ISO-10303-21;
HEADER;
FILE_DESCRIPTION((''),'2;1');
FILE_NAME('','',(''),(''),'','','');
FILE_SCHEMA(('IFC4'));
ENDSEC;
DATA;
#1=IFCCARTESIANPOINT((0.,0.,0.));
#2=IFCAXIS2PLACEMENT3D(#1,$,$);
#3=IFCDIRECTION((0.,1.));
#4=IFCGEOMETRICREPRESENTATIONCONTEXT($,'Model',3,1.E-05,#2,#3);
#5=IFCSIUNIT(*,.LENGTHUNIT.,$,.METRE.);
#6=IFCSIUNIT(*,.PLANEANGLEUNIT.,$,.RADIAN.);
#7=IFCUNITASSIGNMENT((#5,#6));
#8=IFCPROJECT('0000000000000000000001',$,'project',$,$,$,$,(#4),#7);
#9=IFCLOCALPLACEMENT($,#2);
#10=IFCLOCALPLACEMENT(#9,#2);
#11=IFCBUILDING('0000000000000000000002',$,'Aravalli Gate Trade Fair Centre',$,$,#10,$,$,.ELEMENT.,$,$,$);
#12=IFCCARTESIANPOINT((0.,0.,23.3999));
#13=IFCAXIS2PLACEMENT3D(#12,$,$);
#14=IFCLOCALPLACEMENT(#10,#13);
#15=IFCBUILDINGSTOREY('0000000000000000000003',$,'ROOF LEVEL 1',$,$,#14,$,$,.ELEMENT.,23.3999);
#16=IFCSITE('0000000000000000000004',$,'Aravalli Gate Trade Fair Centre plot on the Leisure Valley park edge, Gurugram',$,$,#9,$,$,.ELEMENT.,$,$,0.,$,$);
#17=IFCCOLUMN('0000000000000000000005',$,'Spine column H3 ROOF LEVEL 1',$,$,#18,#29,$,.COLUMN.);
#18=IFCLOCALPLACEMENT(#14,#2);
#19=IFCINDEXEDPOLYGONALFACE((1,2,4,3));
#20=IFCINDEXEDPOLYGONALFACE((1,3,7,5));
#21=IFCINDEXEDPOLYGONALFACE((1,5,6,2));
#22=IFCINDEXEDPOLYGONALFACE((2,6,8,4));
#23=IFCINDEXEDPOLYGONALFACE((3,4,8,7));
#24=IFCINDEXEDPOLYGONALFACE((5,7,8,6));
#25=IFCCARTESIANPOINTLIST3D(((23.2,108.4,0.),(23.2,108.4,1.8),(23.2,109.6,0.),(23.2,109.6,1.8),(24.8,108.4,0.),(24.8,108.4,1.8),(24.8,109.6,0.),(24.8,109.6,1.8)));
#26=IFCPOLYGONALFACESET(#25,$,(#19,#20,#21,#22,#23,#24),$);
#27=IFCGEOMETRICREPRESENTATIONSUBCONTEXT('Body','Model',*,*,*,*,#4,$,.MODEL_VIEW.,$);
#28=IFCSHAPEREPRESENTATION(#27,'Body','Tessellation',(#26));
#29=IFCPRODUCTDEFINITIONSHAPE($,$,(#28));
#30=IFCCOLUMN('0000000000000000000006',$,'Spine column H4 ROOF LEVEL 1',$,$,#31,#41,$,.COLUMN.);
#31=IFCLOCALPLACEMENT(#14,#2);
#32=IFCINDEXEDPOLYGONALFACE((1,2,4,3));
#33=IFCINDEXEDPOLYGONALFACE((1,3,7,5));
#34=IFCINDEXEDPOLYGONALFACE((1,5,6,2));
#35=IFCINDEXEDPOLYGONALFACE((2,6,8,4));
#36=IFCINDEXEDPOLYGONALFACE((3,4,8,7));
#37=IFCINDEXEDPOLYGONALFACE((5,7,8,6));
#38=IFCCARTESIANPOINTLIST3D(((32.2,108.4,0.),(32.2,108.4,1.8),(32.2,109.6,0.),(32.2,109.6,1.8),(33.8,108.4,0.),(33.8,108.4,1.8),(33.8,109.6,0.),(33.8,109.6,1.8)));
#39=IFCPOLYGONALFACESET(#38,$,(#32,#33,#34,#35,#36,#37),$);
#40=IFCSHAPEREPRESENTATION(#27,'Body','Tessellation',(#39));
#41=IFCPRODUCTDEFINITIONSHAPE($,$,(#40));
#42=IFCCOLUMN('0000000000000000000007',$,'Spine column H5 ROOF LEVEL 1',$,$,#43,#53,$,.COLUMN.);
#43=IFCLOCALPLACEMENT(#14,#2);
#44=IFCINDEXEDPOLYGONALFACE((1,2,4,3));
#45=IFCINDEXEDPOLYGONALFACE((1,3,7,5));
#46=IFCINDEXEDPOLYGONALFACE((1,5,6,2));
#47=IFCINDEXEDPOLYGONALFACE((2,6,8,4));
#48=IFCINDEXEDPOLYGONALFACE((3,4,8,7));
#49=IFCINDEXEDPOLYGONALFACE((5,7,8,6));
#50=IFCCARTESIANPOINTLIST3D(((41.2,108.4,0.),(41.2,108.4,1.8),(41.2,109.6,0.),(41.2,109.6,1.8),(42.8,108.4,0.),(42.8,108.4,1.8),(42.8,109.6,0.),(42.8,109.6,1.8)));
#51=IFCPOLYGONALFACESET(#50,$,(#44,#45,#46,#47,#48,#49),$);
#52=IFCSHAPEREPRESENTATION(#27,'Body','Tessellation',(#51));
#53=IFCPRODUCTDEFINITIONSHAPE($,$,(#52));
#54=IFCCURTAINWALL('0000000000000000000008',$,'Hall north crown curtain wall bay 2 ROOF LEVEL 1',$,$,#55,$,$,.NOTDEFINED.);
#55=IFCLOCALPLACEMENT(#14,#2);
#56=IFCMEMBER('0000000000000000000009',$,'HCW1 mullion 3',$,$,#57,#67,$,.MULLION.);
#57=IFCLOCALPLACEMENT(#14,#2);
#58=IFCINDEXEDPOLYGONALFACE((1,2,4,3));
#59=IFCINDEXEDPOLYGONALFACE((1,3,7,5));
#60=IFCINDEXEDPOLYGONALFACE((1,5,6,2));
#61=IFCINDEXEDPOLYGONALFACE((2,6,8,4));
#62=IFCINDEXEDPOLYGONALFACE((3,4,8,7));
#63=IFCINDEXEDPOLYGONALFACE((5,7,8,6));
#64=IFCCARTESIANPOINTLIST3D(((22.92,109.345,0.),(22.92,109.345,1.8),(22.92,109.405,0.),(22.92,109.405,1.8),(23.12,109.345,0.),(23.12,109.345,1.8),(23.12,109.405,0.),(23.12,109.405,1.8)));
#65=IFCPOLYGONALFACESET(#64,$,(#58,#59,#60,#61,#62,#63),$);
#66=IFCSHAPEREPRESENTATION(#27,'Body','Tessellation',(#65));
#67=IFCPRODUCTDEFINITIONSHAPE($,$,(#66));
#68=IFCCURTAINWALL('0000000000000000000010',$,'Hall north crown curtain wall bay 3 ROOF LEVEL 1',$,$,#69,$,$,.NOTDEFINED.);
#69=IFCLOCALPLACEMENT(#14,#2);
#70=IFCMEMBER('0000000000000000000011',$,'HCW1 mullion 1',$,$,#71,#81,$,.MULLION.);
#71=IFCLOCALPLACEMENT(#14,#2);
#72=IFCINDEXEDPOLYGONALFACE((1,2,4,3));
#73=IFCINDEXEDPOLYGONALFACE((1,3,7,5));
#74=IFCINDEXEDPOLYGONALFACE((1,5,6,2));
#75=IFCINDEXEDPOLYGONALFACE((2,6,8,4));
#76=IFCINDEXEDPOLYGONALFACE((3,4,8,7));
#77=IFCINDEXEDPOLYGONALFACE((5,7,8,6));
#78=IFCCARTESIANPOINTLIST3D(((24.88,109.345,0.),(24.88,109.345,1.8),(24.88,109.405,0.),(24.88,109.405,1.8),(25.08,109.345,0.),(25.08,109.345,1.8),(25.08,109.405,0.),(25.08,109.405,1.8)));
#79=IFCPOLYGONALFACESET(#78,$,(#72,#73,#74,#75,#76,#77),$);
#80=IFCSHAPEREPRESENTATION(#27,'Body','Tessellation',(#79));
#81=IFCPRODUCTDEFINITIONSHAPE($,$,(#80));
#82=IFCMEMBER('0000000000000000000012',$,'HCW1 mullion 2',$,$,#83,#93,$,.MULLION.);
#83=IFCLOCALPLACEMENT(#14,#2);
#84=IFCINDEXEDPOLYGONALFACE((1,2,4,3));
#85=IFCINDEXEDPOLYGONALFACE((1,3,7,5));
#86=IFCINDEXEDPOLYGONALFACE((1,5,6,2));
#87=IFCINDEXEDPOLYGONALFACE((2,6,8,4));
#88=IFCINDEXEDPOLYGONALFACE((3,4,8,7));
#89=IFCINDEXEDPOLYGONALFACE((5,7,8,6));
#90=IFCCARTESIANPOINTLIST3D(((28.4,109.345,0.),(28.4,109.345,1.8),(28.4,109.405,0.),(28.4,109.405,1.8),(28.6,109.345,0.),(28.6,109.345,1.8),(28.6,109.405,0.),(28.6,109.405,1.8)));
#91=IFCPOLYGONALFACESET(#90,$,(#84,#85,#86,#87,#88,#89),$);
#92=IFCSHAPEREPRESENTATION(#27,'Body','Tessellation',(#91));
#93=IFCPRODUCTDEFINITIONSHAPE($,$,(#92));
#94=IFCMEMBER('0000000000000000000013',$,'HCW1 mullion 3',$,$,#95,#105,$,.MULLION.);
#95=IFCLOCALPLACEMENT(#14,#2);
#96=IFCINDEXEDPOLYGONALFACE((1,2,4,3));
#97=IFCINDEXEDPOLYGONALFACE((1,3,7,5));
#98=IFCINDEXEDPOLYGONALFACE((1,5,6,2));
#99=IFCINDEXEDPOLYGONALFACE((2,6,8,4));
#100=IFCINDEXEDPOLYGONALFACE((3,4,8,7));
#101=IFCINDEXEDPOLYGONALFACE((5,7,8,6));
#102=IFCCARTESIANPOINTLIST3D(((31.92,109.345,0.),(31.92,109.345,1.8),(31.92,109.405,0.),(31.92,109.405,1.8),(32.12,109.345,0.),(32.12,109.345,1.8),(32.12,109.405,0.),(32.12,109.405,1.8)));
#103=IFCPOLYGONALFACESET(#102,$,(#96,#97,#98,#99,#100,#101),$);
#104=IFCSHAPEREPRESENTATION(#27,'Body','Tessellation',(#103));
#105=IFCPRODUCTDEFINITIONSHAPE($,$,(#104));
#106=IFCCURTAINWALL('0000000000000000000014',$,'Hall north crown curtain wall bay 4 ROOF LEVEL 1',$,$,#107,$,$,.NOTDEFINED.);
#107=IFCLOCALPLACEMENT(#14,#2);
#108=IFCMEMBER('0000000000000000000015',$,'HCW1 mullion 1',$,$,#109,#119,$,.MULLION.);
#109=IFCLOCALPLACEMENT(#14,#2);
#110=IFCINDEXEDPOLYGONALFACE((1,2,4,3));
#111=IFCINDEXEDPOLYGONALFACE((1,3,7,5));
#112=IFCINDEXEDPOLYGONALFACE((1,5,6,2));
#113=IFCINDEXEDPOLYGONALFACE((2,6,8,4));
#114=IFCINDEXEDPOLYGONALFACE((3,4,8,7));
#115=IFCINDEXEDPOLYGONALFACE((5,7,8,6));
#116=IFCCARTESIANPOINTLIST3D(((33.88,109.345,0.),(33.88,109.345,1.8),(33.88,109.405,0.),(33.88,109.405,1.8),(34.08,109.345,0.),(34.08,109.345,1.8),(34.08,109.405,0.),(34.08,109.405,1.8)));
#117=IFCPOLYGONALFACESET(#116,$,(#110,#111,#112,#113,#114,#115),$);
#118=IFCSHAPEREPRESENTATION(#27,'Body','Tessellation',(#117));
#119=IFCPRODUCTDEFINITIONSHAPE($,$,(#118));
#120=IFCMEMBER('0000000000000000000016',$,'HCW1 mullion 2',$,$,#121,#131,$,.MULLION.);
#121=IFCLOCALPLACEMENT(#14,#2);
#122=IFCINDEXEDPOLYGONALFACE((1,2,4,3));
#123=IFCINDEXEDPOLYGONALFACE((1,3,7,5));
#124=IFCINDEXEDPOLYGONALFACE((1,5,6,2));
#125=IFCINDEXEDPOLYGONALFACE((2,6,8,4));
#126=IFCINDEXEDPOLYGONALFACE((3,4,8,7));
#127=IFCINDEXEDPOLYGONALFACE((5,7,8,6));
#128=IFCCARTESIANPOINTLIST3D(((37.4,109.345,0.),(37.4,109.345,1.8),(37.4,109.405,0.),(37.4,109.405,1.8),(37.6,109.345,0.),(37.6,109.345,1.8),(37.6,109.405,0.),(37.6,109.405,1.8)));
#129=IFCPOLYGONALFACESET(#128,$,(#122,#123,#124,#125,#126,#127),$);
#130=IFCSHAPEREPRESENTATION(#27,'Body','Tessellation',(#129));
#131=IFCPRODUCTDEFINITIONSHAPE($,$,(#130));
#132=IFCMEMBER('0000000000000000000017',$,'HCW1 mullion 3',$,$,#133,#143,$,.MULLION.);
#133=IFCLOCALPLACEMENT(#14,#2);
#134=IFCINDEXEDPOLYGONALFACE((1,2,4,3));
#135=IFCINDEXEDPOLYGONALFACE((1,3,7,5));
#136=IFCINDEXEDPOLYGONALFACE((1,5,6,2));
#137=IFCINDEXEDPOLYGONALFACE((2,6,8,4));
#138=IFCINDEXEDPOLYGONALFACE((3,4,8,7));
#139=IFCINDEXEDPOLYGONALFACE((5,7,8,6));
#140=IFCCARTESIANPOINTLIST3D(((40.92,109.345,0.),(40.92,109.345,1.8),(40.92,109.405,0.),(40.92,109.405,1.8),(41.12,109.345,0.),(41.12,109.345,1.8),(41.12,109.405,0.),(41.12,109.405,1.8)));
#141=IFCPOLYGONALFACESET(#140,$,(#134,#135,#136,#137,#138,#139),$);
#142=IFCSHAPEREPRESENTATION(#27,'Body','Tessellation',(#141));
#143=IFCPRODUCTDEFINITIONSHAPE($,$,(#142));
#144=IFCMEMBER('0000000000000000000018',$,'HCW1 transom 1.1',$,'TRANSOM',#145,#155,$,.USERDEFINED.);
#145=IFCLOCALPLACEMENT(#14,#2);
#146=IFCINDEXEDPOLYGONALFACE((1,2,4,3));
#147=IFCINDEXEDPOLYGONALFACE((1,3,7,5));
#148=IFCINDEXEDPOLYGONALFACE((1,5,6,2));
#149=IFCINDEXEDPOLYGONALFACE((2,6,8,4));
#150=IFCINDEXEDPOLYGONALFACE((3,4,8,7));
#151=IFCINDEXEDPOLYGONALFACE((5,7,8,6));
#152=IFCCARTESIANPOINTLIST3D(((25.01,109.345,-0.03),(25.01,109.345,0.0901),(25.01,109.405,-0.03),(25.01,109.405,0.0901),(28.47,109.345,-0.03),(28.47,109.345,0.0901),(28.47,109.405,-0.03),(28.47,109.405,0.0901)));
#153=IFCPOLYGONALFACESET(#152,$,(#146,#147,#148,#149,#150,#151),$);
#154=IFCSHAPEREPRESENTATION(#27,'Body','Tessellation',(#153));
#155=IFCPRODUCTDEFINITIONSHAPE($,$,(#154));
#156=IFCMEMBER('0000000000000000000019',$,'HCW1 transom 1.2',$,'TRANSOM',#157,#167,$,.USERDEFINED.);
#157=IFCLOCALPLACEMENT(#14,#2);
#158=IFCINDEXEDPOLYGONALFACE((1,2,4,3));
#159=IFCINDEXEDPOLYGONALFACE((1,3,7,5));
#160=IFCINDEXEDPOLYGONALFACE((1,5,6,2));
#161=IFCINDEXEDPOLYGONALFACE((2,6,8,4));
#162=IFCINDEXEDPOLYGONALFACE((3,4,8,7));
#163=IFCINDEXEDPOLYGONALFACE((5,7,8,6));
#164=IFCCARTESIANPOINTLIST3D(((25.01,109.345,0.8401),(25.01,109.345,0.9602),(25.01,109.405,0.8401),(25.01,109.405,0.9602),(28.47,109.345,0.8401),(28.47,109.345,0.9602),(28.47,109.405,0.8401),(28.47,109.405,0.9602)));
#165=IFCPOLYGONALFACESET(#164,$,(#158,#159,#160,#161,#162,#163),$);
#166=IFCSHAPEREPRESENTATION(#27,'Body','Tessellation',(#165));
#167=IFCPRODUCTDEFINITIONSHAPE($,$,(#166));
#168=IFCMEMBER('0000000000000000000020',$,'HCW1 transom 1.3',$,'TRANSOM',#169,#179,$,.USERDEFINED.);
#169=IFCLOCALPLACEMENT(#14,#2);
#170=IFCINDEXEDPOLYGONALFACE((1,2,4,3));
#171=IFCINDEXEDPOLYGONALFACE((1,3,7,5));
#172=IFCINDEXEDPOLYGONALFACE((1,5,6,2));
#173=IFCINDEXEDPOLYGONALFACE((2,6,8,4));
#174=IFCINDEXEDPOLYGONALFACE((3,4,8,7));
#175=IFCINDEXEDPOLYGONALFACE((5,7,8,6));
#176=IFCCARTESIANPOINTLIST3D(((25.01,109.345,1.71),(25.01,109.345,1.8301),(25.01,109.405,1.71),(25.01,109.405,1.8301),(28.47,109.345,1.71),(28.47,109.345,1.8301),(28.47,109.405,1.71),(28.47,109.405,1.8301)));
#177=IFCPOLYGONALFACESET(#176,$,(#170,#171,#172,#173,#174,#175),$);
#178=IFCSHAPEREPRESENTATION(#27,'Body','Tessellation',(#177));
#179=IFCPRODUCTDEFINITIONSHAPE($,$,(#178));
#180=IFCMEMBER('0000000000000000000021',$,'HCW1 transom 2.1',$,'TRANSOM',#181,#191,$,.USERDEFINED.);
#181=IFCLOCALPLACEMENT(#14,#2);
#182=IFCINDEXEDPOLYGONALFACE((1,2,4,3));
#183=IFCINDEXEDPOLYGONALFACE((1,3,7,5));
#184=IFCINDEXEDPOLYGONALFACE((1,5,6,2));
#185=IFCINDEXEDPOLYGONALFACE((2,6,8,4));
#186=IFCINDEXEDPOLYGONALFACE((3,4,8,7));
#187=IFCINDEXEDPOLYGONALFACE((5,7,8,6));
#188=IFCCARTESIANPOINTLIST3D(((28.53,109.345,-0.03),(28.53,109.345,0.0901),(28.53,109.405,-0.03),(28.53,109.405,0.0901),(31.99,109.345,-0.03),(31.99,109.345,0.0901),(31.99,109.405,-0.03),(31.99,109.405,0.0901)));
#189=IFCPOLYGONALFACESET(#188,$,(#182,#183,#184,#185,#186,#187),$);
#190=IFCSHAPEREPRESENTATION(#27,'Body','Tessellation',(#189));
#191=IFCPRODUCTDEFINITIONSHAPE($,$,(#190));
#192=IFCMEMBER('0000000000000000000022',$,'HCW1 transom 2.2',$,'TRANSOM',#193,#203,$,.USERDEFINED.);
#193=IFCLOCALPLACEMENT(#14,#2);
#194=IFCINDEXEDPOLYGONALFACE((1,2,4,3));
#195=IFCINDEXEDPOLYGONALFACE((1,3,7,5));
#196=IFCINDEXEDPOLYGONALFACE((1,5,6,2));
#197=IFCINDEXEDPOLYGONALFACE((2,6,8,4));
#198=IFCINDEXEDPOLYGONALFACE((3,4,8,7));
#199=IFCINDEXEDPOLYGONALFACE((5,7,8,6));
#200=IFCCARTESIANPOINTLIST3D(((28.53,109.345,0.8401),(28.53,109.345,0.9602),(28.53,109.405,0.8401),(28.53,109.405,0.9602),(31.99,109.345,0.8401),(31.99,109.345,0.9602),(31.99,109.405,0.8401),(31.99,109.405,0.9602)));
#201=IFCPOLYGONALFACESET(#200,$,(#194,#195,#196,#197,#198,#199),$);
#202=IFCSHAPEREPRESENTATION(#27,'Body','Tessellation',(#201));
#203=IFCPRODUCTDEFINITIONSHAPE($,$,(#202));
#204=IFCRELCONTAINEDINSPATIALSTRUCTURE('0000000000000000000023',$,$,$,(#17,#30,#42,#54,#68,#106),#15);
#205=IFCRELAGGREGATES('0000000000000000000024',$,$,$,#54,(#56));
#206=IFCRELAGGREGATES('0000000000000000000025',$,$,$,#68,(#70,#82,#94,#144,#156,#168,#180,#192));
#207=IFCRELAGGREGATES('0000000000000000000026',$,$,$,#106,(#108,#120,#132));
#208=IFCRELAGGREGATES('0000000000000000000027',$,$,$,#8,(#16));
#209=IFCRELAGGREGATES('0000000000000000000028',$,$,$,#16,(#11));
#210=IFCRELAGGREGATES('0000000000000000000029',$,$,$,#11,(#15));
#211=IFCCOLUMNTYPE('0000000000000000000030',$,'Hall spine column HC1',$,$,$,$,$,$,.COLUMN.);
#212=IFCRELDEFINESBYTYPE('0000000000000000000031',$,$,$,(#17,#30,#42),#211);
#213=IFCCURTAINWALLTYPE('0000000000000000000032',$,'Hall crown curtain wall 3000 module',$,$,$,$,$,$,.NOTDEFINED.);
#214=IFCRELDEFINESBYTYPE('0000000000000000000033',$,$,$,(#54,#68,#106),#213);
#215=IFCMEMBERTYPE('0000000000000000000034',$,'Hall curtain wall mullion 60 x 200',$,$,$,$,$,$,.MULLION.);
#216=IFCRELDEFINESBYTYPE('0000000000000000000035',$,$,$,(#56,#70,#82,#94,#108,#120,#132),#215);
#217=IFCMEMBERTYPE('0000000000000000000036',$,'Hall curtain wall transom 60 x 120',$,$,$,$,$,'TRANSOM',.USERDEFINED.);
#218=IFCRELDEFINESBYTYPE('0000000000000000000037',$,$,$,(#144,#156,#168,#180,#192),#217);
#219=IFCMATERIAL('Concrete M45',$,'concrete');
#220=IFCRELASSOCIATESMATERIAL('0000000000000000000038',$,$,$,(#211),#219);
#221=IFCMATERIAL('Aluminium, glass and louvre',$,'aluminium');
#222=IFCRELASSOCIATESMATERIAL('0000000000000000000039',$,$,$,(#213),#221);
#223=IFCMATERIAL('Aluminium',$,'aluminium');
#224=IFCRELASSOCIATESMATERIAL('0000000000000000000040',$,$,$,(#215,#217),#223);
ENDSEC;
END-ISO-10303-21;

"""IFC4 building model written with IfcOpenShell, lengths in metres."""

from ifc_helpers import new_model, si_unit, direction, frame, origin, origin_2d, place, context, subcontext, project, spatial, rectangle, extrude, material, material_profile, profile_set, type_object, element, aggregate, save


model = new_model("IFC4")

# Units and contexts
model_context = context("Model", 3, precision=1e-05, world=origin(), true_north=direction((0.0, 1.0)))
body_context = subcontext(model_context, "Body", "Model", "MODEL_VIEW")
ifc_project = project(units=[si_unit("LENGTHUNIT", "METRE"), si_unit("PLANEANGLEUNIT", "RADIAN")], contexts=[model_context])

# Site, building, storey
site_placement = place(None, origin())
site = spatial("IfcSite", under=ifc_project, at=site_placement, Name="Aravalli Gate Trade Fair Centre plot on the Leisure Valley park edge, Gurugram", CompositionType="ELEMENT", RefElevation=0.0)
building_placement = place(site_placement, origin())
building = spatial("IfcBuilding", under=site, at=building_placement, Name="Aravalli Gate Trade Fair Centre", CompositionType="ELEMENT")
storey_placement = place(building_placement, frame((0.0, 0.0, 23.3999)))
storey = spatial("IfcBuildingStorey", under=building, at=storey_placement, Name="ROOF LEVEL 1", CompositionType="ELEMENT", Elevation=23.3999)

# Columns
ifc_material_1 = material(Name="Concrete M45", Category="concrete")
ifc_material_profile_1 = material_profile(ifc_material_1, rectangle(XDim=1.6001, YDim=1.2, at=origin_2d()), Name="RC 1600x1200")
ifc_profile_set_1 = profile_set([ifc_material_profile_1], Name="Concrete M45")
column_type = type_object("IfcColumnType", Name="Hall spine column HC1", PredefinedType="COLUMN", material=ifc_profile_set_1)
for number, where, z_axis, x_axis, name in (
    (1, (24.0, 109.0, 0.0), (0.0, 0.0, 1.0), (1.0, 0.0, 0.0), "Spine column H3 ROOF LEVEL 1"),
    (2, (33.0, 109.0, 0.0), (0.0, 0.0, 1.0), (1.0, 0.0, 0.0), "Spine column H4 ROOF LEVEL 1"),
    (3, (42.0, 109.0, 0.0), (0.0, 0.0, 1.0), (1.0, 0.0, 0.0), "Spine column H5 ROOF LEVEL 1"),
):
    element("IfcColumn", number, at=place(storey_placement, frame(where, z_axis=z_axis, x_axis=x_axis)), inside=storey, type_object=column_type, Name=name, PredefinedType="COLUMN", context=body_context, shape_type="SweptSolid", body=[
        extrude(rectangle(XDim=1.6001, YDim=1.2, at=origin_2d()), origin(), (0.0, 0.0, 1.0), 1.8),
    ])

# Curtain wall, member
ifc_material_2 = material(Name="Aluminium, glass and louvre", Category="aluminium")
curtain_wall_type = type_object("IfcCurtainWallType", Name="Hall crown curtain wall 3000 module", PredefinedType="NOTDEFINED", material=ifc_material_2)
curtain_wall_1_placement = place(storey_placement, origin())
curtain_wall_1 = element("IfcCurtainWall", 4, at=curtain_wall_1_placement, inside=storey, type_object=curtain_wall_type, Name="Hall north crown curtain wall bay 2 ROOF LEVEL 1", PredefinedType="NOTDEFINED")
ifc_material_3 = material(Name="Aluminium", Category="aluminium")
ifc_material_profile_2 = material_profile(ifc_material_3, rectangle(XDim=0.0601, YDim=0.2, at=origin_2d()), Name="Hall curtain wall mullion 60 x 200")
ifc_profile_set_2 = profile_set([ifc_material_profile_2], Name="Aluminium")
member_type_1 = type_object("IfcMemberType", Name="Hall curtain wall mullion 60 x 200", PredefinedType="MULLION", material=ifc_profile_set_2)
member_1_placement = place(storey_placement, frame((23.02, 109.375, 0.0), z_axis=(0.0, 0.0, 1.0), x_axis=(0.0, 1.0, 0.0)))
member_1 = element("IfcMember", 5, at=member_1_placement, type_object=member_type_1, Name="HCW1 mullion 3", PredefinedType="MULLION", context=body_context, shape_type="SweptSolid", body=[
    extrude(rectangle(XDim=0.0601, YDim=0.2, at=origin_2d()), origin(), (0.0, 0.0, 1.0), 1.8),
])

# Curtain walls, members
curtain_wall_2_placement = place(storey_placement, origin())
curtain_wall_2 = element("IfcCurtainWall", 6, at=curtain_wall_2_placement, inside=storey, type_object=curtain_wall_type, Name="Hall north crown curtain wall bay 3 ROOF LEVEL 1", PredefinedType="NOTDEFINED")
member_2_placement = place(storey_placement, frame((24.98, 109.375, 0.0), z_axis=(0.0, 0.0, 1.0), x_axis=(0.0, 1.0, 0.0)))
member_2 = element("IfcMember", 7, at=member_2_placement, type_object=member_type_1, Name="HCW1 mullion 1", PredefinedType="MULLION", context=body_context, shape_type="SweptSolid", body=[
    extrude(rectangle(XDim=0.0601, YDim=0.2, at=origin_2d()), origin(), (0.0, 0.0, 1.0), 1.8),
])
member_3_placement = place(storey_placement, frame((28.5, 109.375, 0.0), z_axis=(0.0, 0.0, 1.0), x_axis=(0.0, 1.0, 0.0)))
member_3 = element("IfcMember", 8, at=member_3_placement, type_object=member_type_1, Name="HCW1 mullion 2", PredefinedType="MULLION", context=body_context, shape_type="SweptSolid", body=[
    extrude(rectangle(XDim=0.0601, YDim=0.2, at=origin_2d()), origin(), (0.0, 0.0, 1.0), 1.8),
])
member_4_placement = place(storey_placement, frame((32.02, 109.375, 0.0), z_axis=(0.0, 0.0, 1.0), x_axis=(0.0, 1.0, 0.0)))
member_4 = element("IfcMember", 9, at=member_4_placement, type_object=member_type_1, Name="HCW1 mullion 3", PredefinedType="MULLION", context=body_context, shape_type="SweptSolid", body=[
    extrude(rectangle(XDim=0.0601, YDim=0.2, at=origin_2d()), origin(), (0.0, 0.0, 1.0), 1.8),
])
curtain_wall_3_placement = place(storey_placement, origin())
curtain_wall_3 = element("IfcCurtainWall", 10, at=curtain_wall_3_placement, inside=storey, type_object=curtain_wall_type, Name="Hall north crown curtain wall bay 4 ROOF LEVEL 1", PredefinedType="NOTDEFINED")
member_5_placement = place(storey_placement, frame((33.98, 109.375, 0.0), z_axis=(0.0, 0.0, 1.0), x_axis=(0.0, 1.0, 0.0)))
member_5 = element("IfcMember", 11, at=member_5_placement, type_object=member_type_1, Name="HCW1 mullion 1", PredefinedType="MULLION", context=body_context, shape_type="SweptSolid", body=[
    extrude(rectangle(XDim=0.0601, YDim=0.2, at=origin_2d()), origin(), (0.0, 0.0, 1.0), 1.8),
])
member_6_placement = place(storey_placement, frame((37.5, 109.375, 0.0), z_axis=(0.0, 0.0, 1.0), x_axis=(0.0, 1.0, 0.0)))
member_6 = element("IfcMember", 12, at=member_6_placement, type_object=member_type_1, Name="HCW1 mullion 2", PredefinedType="MULLION", context=body_context, shape_type="SweptSolid", body=[
    extrude(rectangle(XDim=0.0601, YDim=0.2, at=origin_2d()), origin(), (0.0, 0.0, 1.0), 1.8),
])
member_7_placement = place(storey_placement, frame((41.02, 109.375, 0.0), z_axis=(0.0, 0.0, 1.0), x_axis=(0.0, 1.0, 0.0)))
member_7 = element("IfcMember", 13, at=member_7_placement, type_object=member_type_1, Name="HCW1 mullion 3", PredefinedType="MULLION", context=body_context, shape_type="SweptSolid", body=[
    extrude(rectangle(XDim=0.0601, YDim=0.2, at=origin_2d()), origin(), (0.0, 0.0, 1.0), 1.8),
])

# Members
ifc_material_profile_3 = material_profile(ifc_material_3, rectangle(XDim=0.0601, YDim=0.1201, at=origin_2d()), Name="Hall curtain wall transom 60 x 120")
ifc_profile_set_3 = profile_set([ifc_material_profile_3], Name="Aluminium")
member_type_2 = type_object("IfcMemberType", Name="Hall curtain wall transom 60 x 120", ElementType="TRANSOM", PredefinedType="USERDEFINED", material=ifc_profile_set_3)
member_8_placement = place(storey_placement, frame((25.01, 109.375, 0.03), z_axis=(1.0, 0.0, 0.0), x_axis=(0.0, 1.0, 0.0)))
member_8 = element("IfcMember", 14, at=member_8_placement, type_object=member_type_2, Name="HCW1 transom 1.1", ObjectType="TRANSOM", PredefinedType="USERDEFINED", context=body_context, shape_type="SweptSolid", body=[
    extrude(rectangle(XDim=0.0601, YDim=0.1201, at=origin_2d()), origin(), (0.0, 0.0, 1.0), 3.46),
])
member_9_placement = place(storey_placement, frame((25.01, 109.375, 0.9001), z_axis=(1.0, 0.0, 0.0), x_axis=(0.0, 1.0, 0.0)))
member_9 = element("IfcMember", 15, at=member_9_placement, type_object=member_type_2, Name="HCW1 transom 1.2", ObjectType="TRANSOM", PredefinedType="USERDEFINED", context=body_context, shape_type="SweptSolid", body=[
    extrude(rectangle(XDim=0.0601, YDim=0.1201, at=origin_2d()), origin(), (0.0, 0.0, 1.0), 3.46),
])
member_10_placement = place(storey_placement, frame((25.01, 109.375, 1.77), z_axis=(1.0, 0.0, 0.0), x_axis=(0.0, 1.0, 0.0)))
member_10 = element("IfcMember", 16, at=member_10_placement, type_object=member_type_2, Name="HCW1 transom 1.3", ObjectType="TRANSOM", PredefinedType="USERDEFINED", context=body_context, shape_type="SweptSolid", body=[
    extrude(rectangle(XDim=0.0601, YDim=0.1201, at=origin_2d()), origin(), (0.0, 0.0, 1.0), 3.46),
])
member_11_placement = place(storey_placement, frame((28.53, 109.375, 0.03), z_axis=(1.0, 0.0, 0.0), x_axis=(0.0, 1.0, 0.0)))
member_11 = element("IfcMember", 17, at=member_11_placement, type_object=member_type_2, Name="HCW1 transom 2.1", ObjectType="TRANSOM", PredefinedType="USERDEFINED", context=body_context, shape_type="SweptSolid", body=[
    extrude(rectangle(XDim=0.0601, YDim=0.1201, at=origin_2d()), origin(), (0.0, 0.0, 1.0), 3.46),
])
member_12_placement = place(storey_placement, frame((28.53, 109.375, 0.9001), z_axis=(1.0, 0.0, 0.0), x_axis=(0.0, 1.0, 0.0)))
member_12 = element("IfcMember", 18, at=member_12_placement, type_object=member_type_2, Name="HCW1 transom 2.2", ObjectType="TRANSOM", PredefinedType="USERDEFINED", context=body_context, shape_type="SweptSolid", body=[
    extrude(rectangle(XDim=0.0601, YDim=0.1201, at=origin_2d()), origin(), (0.0, 0.0, 1.0), 3.46),
])

aggregate(curtain_wall_1, [member_1])
aggregate(curtain_wall_2, [member_2, member_3, member_4, member_8, member_9, member_10, member_11, member_12])
aggregate(curtain_wall_3, [member_5, member_6, member_7])

save(model, "model.ifc")
